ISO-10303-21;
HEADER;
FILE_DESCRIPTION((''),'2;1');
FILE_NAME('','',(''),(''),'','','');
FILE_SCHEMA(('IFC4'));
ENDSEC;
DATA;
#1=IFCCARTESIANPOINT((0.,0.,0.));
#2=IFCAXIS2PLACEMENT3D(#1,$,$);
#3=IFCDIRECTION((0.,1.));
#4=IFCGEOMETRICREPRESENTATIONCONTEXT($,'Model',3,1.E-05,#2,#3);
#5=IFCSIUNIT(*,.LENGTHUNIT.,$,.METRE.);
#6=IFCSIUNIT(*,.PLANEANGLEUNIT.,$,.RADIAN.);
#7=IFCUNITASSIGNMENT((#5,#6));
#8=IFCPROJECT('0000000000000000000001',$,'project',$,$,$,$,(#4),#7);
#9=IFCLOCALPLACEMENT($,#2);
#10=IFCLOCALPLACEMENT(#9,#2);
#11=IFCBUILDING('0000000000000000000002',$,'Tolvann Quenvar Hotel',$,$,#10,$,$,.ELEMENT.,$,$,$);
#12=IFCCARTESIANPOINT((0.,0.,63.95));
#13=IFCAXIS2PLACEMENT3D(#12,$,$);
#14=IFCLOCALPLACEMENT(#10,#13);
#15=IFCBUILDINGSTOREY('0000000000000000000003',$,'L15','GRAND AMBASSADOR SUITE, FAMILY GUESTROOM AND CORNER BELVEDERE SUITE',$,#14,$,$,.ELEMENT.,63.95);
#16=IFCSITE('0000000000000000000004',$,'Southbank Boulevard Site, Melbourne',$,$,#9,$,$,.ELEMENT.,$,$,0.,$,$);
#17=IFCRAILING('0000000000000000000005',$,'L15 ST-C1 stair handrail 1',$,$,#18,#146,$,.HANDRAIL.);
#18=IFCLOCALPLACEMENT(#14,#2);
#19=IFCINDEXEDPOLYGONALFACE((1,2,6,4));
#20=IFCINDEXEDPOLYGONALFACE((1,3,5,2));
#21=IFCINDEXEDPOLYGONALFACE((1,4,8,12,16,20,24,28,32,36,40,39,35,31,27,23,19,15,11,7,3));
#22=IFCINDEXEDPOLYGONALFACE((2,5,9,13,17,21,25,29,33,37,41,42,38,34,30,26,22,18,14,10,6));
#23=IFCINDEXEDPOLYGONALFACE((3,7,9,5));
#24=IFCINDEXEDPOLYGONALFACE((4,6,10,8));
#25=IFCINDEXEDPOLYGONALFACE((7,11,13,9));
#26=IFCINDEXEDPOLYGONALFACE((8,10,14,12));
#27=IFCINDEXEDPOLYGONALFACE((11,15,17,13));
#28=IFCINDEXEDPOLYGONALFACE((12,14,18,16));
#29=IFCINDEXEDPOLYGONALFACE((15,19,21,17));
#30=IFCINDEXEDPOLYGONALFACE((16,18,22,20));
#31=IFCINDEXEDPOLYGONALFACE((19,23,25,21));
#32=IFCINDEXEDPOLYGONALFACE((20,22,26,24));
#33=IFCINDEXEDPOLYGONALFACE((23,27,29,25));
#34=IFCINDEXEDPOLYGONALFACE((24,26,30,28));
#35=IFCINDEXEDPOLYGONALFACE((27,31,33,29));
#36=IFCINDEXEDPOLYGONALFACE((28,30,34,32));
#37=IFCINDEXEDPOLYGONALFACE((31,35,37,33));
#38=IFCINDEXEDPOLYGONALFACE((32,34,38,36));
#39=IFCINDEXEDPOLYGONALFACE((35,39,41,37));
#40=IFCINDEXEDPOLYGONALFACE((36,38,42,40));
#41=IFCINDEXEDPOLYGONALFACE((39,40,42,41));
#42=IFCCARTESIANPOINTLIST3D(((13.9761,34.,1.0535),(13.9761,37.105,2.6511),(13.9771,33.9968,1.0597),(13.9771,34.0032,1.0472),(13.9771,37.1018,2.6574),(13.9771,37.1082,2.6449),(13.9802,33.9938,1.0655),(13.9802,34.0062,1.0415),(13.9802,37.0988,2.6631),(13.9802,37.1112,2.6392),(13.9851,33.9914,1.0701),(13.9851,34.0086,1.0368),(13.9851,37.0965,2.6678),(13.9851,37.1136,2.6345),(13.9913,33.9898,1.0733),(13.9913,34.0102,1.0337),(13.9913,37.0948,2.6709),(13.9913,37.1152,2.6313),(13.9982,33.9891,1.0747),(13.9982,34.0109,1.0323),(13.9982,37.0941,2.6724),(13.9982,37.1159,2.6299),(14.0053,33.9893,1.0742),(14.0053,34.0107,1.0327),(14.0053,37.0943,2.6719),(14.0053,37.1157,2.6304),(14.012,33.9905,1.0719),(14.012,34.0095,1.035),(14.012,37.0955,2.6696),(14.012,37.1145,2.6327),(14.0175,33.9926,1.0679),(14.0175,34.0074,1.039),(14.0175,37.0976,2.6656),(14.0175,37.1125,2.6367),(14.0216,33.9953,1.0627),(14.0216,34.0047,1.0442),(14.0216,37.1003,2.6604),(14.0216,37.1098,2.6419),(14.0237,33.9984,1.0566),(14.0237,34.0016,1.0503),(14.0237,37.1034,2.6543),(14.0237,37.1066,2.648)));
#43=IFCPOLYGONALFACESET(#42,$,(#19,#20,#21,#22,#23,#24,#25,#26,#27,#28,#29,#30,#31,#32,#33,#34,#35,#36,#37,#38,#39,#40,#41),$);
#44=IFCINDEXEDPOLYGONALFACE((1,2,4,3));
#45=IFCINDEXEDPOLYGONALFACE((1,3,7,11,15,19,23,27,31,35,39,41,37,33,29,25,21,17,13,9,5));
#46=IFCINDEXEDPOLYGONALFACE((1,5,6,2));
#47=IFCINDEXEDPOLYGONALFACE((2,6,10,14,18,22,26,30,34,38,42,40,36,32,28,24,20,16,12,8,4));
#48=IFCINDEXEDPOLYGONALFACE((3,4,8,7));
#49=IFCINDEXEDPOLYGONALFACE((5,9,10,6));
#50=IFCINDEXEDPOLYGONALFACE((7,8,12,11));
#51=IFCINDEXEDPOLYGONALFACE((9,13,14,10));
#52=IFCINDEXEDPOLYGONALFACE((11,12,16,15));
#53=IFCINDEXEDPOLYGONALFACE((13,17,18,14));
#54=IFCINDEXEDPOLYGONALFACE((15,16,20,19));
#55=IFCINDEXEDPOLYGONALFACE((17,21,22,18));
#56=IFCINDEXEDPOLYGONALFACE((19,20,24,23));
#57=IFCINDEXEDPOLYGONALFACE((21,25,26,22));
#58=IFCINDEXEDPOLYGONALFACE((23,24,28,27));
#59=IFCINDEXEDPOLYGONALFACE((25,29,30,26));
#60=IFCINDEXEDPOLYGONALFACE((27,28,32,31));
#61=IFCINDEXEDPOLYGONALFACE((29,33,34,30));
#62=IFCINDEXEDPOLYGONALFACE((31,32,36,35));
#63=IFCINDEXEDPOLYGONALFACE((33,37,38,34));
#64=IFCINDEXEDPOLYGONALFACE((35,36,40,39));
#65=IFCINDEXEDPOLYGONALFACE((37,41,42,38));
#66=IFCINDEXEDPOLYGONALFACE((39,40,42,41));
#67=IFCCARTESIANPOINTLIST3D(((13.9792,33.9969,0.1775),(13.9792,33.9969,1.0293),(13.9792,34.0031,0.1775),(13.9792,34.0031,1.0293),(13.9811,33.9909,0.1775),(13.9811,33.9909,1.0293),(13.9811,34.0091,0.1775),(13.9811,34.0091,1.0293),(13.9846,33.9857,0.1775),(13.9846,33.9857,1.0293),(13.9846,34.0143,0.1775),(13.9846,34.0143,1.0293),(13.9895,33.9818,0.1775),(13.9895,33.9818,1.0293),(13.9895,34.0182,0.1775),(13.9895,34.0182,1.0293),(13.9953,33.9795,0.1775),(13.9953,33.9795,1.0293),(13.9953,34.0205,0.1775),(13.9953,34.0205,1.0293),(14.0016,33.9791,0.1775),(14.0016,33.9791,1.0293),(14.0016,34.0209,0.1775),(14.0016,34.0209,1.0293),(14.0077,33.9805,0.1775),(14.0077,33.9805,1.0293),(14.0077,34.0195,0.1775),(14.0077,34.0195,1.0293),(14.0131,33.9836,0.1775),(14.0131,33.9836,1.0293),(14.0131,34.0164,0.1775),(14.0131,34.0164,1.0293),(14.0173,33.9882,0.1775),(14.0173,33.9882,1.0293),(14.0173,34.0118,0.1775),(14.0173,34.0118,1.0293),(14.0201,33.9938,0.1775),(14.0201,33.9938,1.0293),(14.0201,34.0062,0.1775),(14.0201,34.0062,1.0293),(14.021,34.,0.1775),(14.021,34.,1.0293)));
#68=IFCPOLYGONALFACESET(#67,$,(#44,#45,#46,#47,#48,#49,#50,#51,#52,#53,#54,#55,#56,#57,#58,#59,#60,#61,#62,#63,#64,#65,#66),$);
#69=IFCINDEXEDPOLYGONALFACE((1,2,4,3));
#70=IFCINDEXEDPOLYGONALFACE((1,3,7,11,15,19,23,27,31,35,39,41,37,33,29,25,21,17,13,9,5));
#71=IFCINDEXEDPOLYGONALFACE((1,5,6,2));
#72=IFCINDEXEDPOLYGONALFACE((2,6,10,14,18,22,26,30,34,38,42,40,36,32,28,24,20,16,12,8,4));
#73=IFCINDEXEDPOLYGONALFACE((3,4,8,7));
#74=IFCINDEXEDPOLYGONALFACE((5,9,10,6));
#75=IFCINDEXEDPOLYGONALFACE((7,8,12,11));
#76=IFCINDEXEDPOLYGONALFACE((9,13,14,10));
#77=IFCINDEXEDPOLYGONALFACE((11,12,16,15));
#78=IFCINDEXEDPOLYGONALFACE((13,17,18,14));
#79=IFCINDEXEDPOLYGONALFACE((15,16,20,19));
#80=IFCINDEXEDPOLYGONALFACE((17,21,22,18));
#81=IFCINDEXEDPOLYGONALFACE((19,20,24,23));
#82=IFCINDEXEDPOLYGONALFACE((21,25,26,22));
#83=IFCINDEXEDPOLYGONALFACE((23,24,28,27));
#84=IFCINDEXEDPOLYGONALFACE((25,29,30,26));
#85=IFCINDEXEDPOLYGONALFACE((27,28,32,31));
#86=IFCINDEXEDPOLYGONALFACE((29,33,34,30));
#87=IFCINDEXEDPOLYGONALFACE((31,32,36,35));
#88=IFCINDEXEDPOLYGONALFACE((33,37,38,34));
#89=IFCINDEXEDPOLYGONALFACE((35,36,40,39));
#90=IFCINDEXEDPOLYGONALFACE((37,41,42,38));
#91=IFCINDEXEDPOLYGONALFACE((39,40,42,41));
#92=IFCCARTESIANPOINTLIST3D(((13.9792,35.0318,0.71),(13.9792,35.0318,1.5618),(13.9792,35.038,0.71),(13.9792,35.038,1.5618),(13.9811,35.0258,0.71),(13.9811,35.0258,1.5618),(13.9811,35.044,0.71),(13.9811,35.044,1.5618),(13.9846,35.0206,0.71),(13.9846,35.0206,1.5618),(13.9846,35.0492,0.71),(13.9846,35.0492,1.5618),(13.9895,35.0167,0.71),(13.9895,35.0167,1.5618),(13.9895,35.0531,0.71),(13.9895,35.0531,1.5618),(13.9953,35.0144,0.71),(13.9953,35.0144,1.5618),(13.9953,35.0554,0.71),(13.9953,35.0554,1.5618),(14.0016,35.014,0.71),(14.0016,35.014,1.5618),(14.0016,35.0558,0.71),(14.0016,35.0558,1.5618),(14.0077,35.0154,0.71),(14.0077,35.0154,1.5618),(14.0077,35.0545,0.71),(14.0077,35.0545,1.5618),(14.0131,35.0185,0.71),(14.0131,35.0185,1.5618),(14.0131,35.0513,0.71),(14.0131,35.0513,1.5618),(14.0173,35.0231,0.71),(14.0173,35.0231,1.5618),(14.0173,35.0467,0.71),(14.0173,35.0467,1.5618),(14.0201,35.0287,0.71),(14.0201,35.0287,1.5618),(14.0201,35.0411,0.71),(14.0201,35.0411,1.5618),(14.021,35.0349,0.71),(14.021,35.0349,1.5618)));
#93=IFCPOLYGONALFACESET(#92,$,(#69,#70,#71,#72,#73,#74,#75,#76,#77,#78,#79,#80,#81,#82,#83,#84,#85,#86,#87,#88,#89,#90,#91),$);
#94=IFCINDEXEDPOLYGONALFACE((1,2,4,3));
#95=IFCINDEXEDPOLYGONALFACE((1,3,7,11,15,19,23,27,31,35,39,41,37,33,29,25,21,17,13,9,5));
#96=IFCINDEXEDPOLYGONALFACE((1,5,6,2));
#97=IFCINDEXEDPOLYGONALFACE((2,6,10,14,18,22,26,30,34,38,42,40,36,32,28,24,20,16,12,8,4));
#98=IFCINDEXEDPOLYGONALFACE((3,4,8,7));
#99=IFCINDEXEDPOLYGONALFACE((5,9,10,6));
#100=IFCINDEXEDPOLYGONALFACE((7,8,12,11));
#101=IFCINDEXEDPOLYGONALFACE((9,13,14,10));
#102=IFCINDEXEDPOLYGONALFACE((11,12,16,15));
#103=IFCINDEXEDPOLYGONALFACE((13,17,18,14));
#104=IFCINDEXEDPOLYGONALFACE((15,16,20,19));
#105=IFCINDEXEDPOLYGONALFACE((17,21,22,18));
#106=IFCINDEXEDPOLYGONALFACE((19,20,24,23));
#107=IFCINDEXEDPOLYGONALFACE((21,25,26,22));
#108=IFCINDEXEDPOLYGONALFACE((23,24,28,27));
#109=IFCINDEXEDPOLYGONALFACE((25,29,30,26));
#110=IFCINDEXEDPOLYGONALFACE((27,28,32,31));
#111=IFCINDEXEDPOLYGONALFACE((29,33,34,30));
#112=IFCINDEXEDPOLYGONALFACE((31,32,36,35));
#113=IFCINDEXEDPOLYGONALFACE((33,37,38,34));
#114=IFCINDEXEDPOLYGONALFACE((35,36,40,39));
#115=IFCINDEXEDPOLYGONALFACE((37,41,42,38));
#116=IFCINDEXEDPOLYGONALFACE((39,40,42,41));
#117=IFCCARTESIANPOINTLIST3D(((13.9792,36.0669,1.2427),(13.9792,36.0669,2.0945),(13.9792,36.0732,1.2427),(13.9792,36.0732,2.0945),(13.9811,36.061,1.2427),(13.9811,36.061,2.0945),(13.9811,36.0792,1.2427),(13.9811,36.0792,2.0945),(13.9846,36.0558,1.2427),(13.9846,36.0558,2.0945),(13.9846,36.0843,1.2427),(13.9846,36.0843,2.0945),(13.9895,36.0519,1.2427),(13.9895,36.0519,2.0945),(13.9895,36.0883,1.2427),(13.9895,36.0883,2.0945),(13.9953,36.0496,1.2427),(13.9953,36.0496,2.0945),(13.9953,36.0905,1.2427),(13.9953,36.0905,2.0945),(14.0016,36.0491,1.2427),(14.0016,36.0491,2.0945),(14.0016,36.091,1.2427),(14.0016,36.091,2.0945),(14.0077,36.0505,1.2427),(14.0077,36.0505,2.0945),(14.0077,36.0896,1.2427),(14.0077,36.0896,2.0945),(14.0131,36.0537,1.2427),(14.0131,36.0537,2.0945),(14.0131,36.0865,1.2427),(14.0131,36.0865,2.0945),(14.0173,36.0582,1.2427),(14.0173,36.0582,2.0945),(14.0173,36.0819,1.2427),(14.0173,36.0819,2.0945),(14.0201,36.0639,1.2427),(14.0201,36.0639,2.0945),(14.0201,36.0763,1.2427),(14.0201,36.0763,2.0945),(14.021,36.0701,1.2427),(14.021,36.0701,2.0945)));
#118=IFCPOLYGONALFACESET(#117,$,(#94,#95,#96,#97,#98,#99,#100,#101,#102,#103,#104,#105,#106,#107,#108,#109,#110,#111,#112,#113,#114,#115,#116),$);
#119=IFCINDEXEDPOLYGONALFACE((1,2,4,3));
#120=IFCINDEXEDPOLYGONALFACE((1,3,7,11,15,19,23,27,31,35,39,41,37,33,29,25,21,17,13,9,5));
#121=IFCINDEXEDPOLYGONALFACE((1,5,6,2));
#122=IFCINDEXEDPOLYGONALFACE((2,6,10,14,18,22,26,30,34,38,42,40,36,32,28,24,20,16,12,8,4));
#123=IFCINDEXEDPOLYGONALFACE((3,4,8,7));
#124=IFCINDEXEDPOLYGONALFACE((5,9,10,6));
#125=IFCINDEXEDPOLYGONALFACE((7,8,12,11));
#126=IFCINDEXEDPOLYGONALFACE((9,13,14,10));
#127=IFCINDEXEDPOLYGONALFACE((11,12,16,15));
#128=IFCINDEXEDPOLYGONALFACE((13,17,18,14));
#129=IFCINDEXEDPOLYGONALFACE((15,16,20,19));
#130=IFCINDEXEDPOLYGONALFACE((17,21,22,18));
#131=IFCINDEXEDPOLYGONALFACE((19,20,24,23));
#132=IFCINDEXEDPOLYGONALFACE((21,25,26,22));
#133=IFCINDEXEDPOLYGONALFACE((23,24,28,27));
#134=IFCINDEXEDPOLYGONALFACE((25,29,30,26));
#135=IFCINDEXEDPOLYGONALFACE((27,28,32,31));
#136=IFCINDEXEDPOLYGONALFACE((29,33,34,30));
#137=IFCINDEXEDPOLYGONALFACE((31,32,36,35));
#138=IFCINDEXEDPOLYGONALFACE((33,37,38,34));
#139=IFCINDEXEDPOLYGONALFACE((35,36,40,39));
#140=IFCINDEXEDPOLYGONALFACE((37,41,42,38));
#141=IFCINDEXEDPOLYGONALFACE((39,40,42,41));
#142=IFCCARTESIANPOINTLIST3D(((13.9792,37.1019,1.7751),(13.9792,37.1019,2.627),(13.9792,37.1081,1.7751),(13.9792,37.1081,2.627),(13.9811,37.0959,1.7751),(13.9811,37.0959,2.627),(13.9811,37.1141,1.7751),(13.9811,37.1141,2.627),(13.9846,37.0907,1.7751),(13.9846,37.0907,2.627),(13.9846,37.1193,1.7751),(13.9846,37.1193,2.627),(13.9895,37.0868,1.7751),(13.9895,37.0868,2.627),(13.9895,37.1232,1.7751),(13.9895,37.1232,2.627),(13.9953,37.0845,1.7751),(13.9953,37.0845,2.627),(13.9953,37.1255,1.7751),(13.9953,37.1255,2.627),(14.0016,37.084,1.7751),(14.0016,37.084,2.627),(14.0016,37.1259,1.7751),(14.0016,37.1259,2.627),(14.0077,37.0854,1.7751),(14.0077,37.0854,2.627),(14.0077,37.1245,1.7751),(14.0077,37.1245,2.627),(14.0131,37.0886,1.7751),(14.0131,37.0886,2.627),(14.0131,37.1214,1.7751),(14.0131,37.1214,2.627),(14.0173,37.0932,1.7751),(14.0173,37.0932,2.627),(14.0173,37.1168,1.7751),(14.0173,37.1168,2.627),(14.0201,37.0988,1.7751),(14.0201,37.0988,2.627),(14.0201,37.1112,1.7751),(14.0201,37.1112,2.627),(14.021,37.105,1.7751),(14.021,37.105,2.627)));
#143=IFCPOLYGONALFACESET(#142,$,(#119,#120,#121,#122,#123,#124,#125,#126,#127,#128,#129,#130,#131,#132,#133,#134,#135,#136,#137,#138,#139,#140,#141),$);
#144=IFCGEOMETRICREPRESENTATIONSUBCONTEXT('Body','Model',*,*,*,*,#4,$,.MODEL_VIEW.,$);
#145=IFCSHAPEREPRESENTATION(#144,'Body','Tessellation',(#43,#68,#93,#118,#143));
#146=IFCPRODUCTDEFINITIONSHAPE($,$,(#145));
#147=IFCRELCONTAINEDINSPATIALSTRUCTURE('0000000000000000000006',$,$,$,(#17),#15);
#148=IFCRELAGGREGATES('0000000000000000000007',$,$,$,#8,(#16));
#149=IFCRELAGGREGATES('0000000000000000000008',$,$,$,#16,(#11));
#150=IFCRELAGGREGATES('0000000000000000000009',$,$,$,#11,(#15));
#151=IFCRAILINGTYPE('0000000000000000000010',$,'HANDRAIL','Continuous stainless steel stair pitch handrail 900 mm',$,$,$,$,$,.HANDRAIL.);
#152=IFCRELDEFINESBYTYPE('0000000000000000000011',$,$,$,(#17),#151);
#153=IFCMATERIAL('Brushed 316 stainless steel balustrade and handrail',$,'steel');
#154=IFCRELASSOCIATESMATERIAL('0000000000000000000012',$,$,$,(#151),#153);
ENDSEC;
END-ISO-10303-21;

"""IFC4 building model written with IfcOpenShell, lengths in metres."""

from ifc_helpers import new_model, si_unit, direction, frame, origin, origin_2d, place, context, subcontext, project, spatial, circle, extrude, material, type_object, element, save


model = new_model("IFC4")

# Units and contexts
model_context = context("Model", 3, precision=1e-05, world=origin(), true_north=direction((0.0, 1.0)))
body_context = subcontext(model_context, "Body", "Model", "MODEL_VIEW")
ifc_project = project(units=[si_unit("LENGTHUNIT", "METRE"), si_unit("PLANEANGLEUNIT", "RADIAN")], contexts=[model_context])

# Site, building, storey
site_placement = place(None, origin())
site = spatial("IfcSite", under=ifc_project, at=site_placement, Name="Southbank Boulevard Site, Melbourne", CompositionType="ELEMENT", RefElevation=0.0)
building_placement = place(site_placement, origin())
building = spatial("IfcBuilding", under=site, at=building_placement, Name="Tolvann Quenvar Hotel", CompositionType="ELEMENT")
storey_placement = place(building_placement, frame((0.0, 0.0, 63.95)))
storey = spatial("IfcBuildingStorey", under=building, at=storey_placement, Name="L15", Description="GRAND AMBASSADOR SUITE, FAMILY GUESTROOM AND CORNER BELVEDERE SUITE", CompositionType="ELEMENT", Elevation=63.95)

# Railing
ifc_material_1 = material(Name="Brushed 316 stainless steel balustrade and handrail", Category="steel")
railing_type_1 = type_object("IfcRailingType", Name="HANDRAIL", Description="Continuous stainless steel stair pitch handrail 900 mm", PredefinedType="HANDRAIL", material=ifc_material_1)
railing_1_placement = place(storey_placement, frame((14.0, 34.0, 0.1775)))
element("IfcRailing", 1, at=railing_1_placement, inside=storey, type_object=railing_type_1, Name="L15 ST-C1 stair handrail 1", PredefinedType="HANDRAIL", context=body_context, shape_type="SweptSolid", body=[
    extrude(circle(Radius=0.0239, at=origin_2d()), frame((0.0, 0.0, 0.876), z_axis=(0.0, 0.889194, 0.457531), x_axis=(-1.0, 0.0, 0.0)), (0.0, 0.0, 1.0), 3.4919),
    extrude(circle(Radius=0.021, at=origin_2d()), origin(), (0.0, 0.0, 1.0), 0.8518),
    extrude(circle(Radius=0.021, at=origin_2d()), frame((0.0, 1.0349, 0.5325)), (0.0, 0.0, 1.0), 0.8518),
    extrude(circle(Radius=0.021, at=origin_2d()), frame((0.0, 2.0701, 1.0652)), (0.0, 0.0, 1.0), 0.8518),
    extrude(circle(Radius=0.021, at=origin_2d()), frame((0.0, 3.105, 1.5977)), (0.0, 0.0, 1.0), 0.8518),
])

save(model, "model.ifc")
